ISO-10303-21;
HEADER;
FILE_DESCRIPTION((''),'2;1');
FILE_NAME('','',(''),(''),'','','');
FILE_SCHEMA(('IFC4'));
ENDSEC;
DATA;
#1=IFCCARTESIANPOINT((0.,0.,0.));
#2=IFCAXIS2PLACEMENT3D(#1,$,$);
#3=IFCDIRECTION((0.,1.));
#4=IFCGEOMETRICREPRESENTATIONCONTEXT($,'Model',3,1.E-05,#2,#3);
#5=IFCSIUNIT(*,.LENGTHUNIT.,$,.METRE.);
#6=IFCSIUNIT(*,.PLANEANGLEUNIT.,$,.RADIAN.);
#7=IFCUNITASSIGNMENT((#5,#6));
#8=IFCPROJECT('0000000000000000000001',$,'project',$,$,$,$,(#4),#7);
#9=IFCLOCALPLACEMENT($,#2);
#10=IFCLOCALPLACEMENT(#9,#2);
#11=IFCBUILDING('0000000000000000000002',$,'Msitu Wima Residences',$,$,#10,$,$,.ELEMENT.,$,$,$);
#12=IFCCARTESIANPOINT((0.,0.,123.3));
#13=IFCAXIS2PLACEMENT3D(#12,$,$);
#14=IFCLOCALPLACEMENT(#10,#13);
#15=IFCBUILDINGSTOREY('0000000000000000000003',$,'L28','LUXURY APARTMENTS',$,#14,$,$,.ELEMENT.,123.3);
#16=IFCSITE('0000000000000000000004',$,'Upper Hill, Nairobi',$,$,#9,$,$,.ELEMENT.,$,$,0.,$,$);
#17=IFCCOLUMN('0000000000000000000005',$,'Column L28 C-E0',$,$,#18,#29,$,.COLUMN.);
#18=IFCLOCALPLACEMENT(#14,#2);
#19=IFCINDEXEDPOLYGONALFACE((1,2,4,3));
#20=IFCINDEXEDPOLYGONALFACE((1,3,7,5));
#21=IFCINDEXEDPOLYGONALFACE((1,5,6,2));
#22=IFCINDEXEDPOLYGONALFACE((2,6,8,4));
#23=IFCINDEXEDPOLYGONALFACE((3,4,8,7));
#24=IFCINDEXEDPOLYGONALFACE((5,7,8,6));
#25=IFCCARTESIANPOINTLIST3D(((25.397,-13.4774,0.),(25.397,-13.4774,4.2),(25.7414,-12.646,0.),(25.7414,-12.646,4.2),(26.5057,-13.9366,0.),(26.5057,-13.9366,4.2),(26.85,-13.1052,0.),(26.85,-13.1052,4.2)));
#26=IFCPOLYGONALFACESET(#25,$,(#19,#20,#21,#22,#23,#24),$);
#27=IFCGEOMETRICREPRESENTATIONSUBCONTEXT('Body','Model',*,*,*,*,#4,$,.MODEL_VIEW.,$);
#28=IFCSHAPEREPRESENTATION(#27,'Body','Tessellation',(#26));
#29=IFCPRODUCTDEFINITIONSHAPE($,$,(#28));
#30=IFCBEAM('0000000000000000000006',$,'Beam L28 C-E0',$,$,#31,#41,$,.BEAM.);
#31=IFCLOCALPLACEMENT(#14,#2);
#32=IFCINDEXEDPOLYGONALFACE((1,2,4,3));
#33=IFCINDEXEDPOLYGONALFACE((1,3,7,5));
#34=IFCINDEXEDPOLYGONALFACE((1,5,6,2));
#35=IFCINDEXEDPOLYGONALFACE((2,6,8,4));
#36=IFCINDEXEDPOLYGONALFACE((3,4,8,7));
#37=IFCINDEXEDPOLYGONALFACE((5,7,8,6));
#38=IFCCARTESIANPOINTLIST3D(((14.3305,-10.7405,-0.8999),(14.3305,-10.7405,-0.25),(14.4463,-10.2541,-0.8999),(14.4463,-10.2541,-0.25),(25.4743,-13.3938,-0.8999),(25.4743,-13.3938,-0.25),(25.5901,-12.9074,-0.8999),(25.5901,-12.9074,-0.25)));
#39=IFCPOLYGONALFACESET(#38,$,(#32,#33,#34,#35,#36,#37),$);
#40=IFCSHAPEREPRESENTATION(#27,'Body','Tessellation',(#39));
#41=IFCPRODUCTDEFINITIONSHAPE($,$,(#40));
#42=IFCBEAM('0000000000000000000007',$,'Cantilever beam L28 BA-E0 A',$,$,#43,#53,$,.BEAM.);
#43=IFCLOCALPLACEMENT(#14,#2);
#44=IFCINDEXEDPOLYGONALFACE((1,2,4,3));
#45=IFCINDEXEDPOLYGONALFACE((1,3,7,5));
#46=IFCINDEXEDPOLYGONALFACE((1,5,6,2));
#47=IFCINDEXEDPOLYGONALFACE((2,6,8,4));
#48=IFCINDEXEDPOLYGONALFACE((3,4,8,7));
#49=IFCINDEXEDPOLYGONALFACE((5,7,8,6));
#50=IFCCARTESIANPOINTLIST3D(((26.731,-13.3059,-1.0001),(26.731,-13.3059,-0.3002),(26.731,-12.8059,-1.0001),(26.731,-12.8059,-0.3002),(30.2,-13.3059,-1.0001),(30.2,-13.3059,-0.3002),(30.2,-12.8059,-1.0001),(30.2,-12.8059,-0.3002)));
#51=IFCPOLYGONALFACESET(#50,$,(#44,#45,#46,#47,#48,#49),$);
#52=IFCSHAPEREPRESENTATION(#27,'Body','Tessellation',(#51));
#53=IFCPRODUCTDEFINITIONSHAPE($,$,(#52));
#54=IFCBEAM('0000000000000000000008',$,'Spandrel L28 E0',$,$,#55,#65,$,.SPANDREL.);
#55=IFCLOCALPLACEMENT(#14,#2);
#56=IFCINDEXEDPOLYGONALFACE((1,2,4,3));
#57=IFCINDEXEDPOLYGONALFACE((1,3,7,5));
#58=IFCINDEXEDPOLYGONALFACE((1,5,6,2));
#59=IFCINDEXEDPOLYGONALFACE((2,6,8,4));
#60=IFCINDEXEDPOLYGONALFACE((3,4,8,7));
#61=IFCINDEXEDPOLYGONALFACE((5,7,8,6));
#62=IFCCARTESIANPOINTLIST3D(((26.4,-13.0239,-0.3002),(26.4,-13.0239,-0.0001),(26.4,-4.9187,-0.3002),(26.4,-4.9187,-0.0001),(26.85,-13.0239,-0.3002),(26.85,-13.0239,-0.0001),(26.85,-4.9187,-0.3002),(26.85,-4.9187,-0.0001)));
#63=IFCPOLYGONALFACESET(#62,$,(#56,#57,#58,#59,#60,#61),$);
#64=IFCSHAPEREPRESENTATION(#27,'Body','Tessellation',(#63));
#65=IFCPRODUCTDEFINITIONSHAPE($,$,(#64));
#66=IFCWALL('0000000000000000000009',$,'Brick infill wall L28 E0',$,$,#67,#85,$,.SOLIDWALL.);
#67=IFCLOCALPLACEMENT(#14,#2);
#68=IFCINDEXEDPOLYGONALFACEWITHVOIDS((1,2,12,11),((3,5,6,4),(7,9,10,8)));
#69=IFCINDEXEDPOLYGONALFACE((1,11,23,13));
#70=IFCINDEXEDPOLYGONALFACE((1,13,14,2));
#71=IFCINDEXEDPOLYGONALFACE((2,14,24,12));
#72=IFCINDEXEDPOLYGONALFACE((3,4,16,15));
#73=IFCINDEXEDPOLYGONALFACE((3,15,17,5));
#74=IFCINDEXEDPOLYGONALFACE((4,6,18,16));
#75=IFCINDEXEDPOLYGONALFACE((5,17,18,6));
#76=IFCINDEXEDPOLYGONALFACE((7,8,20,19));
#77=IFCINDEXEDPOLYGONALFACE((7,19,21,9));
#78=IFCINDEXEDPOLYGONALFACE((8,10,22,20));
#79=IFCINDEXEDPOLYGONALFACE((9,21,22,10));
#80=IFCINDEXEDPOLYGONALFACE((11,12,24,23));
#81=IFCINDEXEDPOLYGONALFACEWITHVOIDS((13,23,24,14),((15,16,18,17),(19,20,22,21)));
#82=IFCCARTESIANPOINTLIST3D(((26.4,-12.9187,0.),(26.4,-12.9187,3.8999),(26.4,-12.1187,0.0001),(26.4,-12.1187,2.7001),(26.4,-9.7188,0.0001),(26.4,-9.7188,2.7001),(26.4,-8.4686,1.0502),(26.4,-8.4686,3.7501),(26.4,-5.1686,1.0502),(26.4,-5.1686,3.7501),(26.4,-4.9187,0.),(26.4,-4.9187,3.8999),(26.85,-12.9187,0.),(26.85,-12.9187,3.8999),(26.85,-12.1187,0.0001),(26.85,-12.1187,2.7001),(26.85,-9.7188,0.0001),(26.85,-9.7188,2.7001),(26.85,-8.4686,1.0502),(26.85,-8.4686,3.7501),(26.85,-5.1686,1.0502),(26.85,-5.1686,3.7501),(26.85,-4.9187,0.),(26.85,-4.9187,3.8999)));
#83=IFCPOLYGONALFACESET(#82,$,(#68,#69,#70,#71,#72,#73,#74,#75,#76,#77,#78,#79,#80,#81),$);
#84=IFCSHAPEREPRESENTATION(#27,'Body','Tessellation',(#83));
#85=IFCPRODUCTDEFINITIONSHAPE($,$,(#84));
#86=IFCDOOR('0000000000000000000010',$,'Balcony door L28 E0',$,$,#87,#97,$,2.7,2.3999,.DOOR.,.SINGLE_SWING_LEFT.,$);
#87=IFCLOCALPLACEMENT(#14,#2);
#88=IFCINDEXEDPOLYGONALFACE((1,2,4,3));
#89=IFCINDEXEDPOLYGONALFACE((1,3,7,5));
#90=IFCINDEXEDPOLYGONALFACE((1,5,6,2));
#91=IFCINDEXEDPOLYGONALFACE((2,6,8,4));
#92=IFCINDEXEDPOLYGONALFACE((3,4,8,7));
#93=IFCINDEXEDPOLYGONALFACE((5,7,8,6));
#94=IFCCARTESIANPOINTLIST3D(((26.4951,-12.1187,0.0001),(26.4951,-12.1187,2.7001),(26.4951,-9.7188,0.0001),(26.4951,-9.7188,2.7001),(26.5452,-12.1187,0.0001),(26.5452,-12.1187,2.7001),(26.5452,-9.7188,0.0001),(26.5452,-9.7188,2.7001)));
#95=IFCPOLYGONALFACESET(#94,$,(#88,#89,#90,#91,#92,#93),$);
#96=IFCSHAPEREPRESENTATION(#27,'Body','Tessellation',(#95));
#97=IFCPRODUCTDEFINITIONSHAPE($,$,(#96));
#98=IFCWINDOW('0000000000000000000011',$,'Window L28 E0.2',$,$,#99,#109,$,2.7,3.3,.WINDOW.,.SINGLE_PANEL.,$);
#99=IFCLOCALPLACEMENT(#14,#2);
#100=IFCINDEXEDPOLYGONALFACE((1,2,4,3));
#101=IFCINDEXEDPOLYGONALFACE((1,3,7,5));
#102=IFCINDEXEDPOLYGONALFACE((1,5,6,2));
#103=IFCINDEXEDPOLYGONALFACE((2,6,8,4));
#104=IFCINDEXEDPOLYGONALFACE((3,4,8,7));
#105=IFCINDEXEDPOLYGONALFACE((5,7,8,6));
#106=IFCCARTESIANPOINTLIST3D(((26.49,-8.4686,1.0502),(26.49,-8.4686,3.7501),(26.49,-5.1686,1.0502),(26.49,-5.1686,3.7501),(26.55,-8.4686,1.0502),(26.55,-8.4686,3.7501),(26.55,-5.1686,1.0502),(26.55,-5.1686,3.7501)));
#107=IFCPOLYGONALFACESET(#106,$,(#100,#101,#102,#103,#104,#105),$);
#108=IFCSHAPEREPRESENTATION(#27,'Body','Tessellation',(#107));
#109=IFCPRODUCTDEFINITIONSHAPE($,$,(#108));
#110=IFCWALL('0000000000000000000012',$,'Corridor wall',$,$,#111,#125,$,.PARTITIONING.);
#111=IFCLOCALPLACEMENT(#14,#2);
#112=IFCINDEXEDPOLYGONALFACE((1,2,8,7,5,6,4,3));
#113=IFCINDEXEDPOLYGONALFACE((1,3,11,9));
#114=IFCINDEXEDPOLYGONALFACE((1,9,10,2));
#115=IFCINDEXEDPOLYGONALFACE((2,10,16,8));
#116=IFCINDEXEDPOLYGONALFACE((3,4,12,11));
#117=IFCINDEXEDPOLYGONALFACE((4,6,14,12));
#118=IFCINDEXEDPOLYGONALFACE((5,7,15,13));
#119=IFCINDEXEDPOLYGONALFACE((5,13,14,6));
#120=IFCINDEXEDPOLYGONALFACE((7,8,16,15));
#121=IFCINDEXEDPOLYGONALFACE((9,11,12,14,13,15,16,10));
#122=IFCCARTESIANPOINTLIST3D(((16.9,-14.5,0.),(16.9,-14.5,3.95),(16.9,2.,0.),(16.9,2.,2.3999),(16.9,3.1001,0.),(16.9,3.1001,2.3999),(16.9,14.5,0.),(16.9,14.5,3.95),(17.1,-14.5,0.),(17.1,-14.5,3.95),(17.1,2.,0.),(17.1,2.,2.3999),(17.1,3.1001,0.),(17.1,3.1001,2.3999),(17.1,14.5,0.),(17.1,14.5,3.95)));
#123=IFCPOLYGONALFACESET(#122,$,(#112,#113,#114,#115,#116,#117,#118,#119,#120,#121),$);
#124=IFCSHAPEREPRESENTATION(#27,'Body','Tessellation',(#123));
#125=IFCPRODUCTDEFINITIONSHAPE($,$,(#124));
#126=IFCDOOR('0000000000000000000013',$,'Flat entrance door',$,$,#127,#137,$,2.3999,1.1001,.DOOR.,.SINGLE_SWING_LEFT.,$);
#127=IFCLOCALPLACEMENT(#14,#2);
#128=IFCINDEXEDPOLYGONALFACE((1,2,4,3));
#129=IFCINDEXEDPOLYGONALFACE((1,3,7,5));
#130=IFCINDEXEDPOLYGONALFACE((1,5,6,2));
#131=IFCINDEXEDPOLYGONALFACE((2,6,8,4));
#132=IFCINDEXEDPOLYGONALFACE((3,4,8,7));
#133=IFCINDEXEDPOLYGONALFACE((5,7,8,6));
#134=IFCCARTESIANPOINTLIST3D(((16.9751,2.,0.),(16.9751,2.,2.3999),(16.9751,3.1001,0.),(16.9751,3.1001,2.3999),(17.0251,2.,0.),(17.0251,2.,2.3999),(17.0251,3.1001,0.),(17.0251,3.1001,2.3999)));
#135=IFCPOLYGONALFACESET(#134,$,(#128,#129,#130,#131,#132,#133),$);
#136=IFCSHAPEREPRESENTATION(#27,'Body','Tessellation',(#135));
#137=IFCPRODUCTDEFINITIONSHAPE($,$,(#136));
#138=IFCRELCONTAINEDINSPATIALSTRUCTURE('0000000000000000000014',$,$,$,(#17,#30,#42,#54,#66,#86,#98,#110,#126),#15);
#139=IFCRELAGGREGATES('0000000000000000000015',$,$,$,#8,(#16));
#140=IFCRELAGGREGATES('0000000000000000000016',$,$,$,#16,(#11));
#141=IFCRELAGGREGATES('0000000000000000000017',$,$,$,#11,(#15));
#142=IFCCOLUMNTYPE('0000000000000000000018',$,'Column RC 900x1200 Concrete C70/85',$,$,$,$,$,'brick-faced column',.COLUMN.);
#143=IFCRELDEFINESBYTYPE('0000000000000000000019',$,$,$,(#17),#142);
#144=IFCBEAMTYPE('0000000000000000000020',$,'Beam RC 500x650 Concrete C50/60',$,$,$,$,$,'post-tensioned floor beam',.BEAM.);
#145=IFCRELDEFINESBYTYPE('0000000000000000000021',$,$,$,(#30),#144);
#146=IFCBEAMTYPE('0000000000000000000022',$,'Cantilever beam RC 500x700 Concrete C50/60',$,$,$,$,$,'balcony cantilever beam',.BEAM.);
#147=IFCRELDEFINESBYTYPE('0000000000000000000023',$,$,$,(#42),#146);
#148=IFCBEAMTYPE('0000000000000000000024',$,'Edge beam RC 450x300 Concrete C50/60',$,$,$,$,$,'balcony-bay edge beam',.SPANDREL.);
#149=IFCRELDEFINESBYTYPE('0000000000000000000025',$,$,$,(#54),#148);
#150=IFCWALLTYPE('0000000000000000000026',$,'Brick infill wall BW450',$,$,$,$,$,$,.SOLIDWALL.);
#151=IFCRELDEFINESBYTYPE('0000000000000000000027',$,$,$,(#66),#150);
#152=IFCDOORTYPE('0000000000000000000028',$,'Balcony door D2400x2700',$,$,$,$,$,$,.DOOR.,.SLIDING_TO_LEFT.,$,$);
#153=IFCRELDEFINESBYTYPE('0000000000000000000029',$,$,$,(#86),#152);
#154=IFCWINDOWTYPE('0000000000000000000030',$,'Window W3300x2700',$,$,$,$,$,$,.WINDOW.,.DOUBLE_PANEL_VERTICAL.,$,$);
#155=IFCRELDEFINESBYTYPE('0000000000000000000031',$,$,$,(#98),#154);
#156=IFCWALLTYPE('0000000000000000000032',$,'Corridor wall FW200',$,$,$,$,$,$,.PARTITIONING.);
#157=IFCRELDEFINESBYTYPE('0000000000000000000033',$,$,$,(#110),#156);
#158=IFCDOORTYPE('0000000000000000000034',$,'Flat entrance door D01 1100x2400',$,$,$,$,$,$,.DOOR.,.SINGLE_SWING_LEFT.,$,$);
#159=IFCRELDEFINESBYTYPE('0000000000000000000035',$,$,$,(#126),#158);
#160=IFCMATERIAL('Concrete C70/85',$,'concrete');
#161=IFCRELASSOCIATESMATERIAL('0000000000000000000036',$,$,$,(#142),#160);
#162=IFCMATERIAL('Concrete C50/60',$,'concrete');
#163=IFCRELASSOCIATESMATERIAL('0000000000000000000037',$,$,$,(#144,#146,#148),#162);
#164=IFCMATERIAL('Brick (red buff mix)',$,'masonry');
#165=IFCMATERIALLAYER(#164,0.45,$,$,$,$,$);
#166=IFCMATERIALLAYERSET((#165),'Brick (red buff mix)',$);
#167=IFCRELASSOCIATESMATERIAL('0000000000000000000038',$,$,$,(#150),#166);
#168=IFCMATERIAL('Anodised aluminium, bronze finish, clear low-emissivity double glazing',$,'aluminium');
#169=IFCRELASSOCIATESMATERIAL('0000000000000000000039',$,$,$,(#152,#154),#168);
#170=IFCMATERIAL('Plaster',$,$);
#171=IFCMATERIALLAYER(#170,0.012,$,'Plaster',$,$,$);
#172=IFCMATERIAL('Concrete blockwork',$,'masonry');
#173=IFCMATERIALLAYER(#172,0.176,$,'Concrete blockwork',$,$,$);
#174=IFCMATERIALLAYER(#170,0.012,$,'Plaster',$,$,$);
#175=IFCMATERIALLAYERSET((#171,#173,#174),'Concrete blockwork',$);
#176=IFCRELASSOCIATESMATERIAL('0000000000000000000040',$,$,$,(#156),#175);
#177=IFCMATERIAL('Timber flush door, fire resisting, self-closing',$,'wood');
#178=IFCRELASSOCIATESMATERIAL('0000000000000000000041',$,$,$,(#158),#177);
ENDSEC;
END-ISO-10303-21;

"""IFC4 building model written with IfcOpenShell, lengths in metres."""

from ifc_helpers import new_model, si_unit, direction, frame, frame_2d, origin, origin_2d, place, context, subcontext, project, spatial, rectangle, extrude, material, layer, layer_set, material_profile, profile_set, type_object, element, fill, save


model = new_model("IFC4")

# Units and contexts
model_context = context("Model", 3, precision=1e-05, world=origin(), true_north=direction((0.0, 1.0)))
body_context = subcontext(model_context, "Body", "Model", "MODEL_VIEW")
ifc_project = project(units=[si_unit("LENGTHUNIT", "METRE"), si_unit("PLANEANGLEUNIT", "RADIAN")], contexts=[model_context])

# Site, building, storey
site_placement = place(None, origin())
site = spatial("IfcSite", under=ifc_project, at=site_placement, Name="Upper Hill, Nairobi", CompositionType="ELEMENT", RefElevation=0.0)
building_placement = place(site_placement, origin())
building = spatial("IfcBuilding", under=site, at=building_placement, Name="Msitu Wima Residences", CompositionType="ELEMENT")
storey_placement = place(building_placement, frame((0.0, 0.0, 123.3)))
storey = spatial("IfcBuildingStorey", under=building, at=storey_placement, Name="L28", Description="LUXURY APARTMENTS", CompositionType="ELEMENT", Elevation=123.3)

# Column
ifc_material_1 = material(Name="Concrete C70/85", Category="concrete")
ifc_material_profile_1 = material_profile(ifc_material_1, rectangle(XDim=0.8999, YDim=1.2, at=origin_2d()), Name="RC 900x1200")
ifc_profile_set_1 = profile_set([ifc_material_profile_1], Name="Concrete C70/85")
column_type = type_object("IfcColumnType", Name="Column RC 900x1200 Concrete C70/85", ElementType="brick-faced column", PredefinedType="COLUMN", material=ifc_profile_set_1)
column_placement = place(storey_placement, frame((26.1235, -13.2913, 0.0), z_axis=(0.0, 0.0, 1.0), x_axis=(0.382683, 0.92388, 0.0)))
element("IfcColumn", 1, at=column_placement, inside=storey, type_object=column_type, Name="Column L28 C-E0", PredefinedType="COLUMN", context=body_context, shape_type="SweptSolid", body=[
    extrude(rectangle(XDim=0.8999, YDim=1.2, at=origin_2d()), origin(), (0.0, 0.0, 1.0), 4.2),
])

# Beams
ifc_material_2 = material(Name="Concrete C50/60", Category="concrete")
ifc_material_profile_2 = material_profile(ifc_material_2, rectangle(XDim=0.5, YDim=0.6499, at=origin_2d()), Name="RC 500x650")
ifc_profile_set_2 = profile_set([ifc_material_profile_2], Name="Concrete C50/60")
beam_type_1 = type_object("IfcBeamType", Name="Beam RC 500x650 Concrete C50/60", ElementType="post-tensioned floor beam", PredefinedType="BEAM", material=ifc_profile_set_2)
beam_1_placement = place(storey_placement, frame((25.5322, -13.1506, -0.575), z_axis=(-0.972806, 0.231623, 0.0), x_axis=(-0.231623, -0.972806, 0.0)))
element("IfcBeam", 2, at=beam_1_placement, inside=storey, type_object=beam_type_1, Name="Beam L28 C-E0", PredefinedType="BEAM", context=body_context, shape_type="SweptSolid", body=[
    extrude(rectangle(XDim=0.5, YDim=0.6499, at=origin_2d()), origin(), (0.0, 0.0, 1.0), 11.4553),
])
ifc_material_profile_3 = material_profile(ifc_material_2, rectangle(XDim=0.5, YDim=0.7, at=origin_2d()), Name="RC 500x700")
ifc_profile_set_3 = profile_set([ifc_material_profile_3], Name="Concrete C50/60")
beam_type_2 = type_object("IfcBeamType", Name="Cantilever beam RC 500x700 Concrete C50/60", ElementType="balcony cantilever beam", PredefinedType="BEAM", material=ifc_profile_set_3)
beam_2_placement = place(storey_placement, frame((26.731, -13.0559, -0.6501), z_axis=(1.0, 0.0, 0.0), x_axis=(0.0, 1.0, 0.0)))
element("IfcBeam", 3, at=beam_2_placement, inside=storey, type_object=beam_type_2, Name="Cantilever beam L28 BA-E0 A", PredefinedType="BEAM", context=body_context, shape_type="SweptSolid", body=[
    extrude(rectangle(XDim=0.5, YDim=0.7, at=origin_2d()), origin(), (0.0, 0.0, 1.0), 3.469),
])
ifc_material_profile_4 = material_profile(ifc_material_2, rectangle(XDim=0.45, YDim=0.3, at=origin_2d()), Name="RC 450x300")
ifc_profile_set_4 = profile_set([ifc_material_profile_4], Name="Concrete C50/60")
beam_type_3 = type_object("IfcBeamType", Name="Edge beam RC 450x300 Concrete C50/60", ElementType="balcony-bay edge beam", PredefinedType="SPANDREL", material=ifc_profile_set_4)
beam_3_placement = place(storey_placement, frame((26.625, -13.0239, -0.1501), z_axis=(0.0, 1.0, 0.0), x_axis=(-1.0, 0.0, 0.0)))
element("IfcBeam", 4, at=beam_3_placement, inside=storey, type_object=beam_type_3, Name="Spandrel L28 E0", PredefinedType="SPANDREL", context=body_context, shape_type="SweptSolid", body=[
    extrude(rectangle(XDim=0.45, YDim=0.3, at=origin_2d()), origin(), (0.0, 0.0, 1.0), 8.1052),
])

# Wall, openings, door, window
ifc_material_3 = material(Name="Brick (red buff mix)", Category="masonry")
ifc_layer_1 = layer(ifc_material_3, 0.45)
ifc_layer_set_1 = layer_set([ifc_layer_1], Name="Brick (red buff mix)")
wall_type_1 = type_object("IfcWallType", Name="Brick infill wall BW450", PredefinedType="SOLIDWALL", material=ifc_layer_set_1)
wall_1_placement = place(storey_placement, frame((26.625, -12.9187, 0.0), z_axis=(0.0, 0.0, 1.0), x_axis=(0.0, 1.0, 0.0)))
wall_1 = element("IfcWall", 5, at=wall_1_placement, inside=storey, type_object=wall_type_1, Name="Brick infill wall L28 E0", PredefinedType="SOLIDWALL", context=body_context, shape_type="SweptSolid", body=[
    extrude(rectangle(XDim=8.0, YDim=0.45, at=frame_2d((4.0, 0.0))), origin(), (0.0, 0.0, 1.0), 3.8999),
])
opening_1_placement = place(wall_1_placement, frame((0.8, 0.0, 0.0)))
opening_1 = element("IfcOpeningElement", 6, at=opening_1_placement, cuts=wall_1, PredefinedType="OPENING", context=body_context, shape_type="SweptSolid", body=[
    extrude(rectangle(XDim=2.3999, YDim=2.7, at=frame_2d((1.2, 1.3501))), frame((0.0, 0.2349, 0.0), z_axis=(0.0, -1.0, 0.0), x_axis=(1.0, 0.0, 0.0)), (0.0, 0.0, 1.0), 0.47),
])
opening_2_placement = place(wall_1_placement, frame((4.4502, 0.0, 1.05)))
opening_2 = element("IfcOpeningElement", 7, at=opening_2_placement, cuts=wall_1, PredefinedType="OPENING", context=body_context, shape_type="SweptSolid", body=[
    extrude(rectangle(XDim=3.3, YDim=2.7, at=frame_2d((1.6499, 1.3501))), frame((0.0, 0.2349, 0.0), z_axis=(0.0, -1.0, 0.0), x_axis=(1.0, 0.0, 0.0)), (0.0, 0.0, 1.0), 0.47),
])
ifc_material_4 = material(Name="Anodised aluminium, bronze finish, clear low-emissivity double glazing", Category="aluminium")
door_type_1 = type_object("IfcDoorType", Name="Balcony door D2400x2700", OperationType="SLIDING_TO_LEFT", PredefinedType="DOOR", material=ifc_material_4)
door_1_placement = place(opening_1_placement, origin())
door_1 = element("IfcDoor", 8, at=door_1_placement, inside=storey, type_object=door_type_1, Name="Balcony door L28 E0", OperationType="SINGLE_SWING_LEFT", OverallHeight=2.7, OverallWidth=2.3999, PredefinedType="DOOR", context=body_context, shape_type="SweptSolid", body=[
    extrude(rectangle(XDim=2.3999, YDim=2.7, at=frame_2d((1.2, 1.3501))), frame((0.0, 0.1299, 0.0), z_axis=(0.0, -1.0, 0.0), x_axis=(1.0, 0.0, 0.0)), (0.0, 0.0, 1.0), 0.05),
])
fill(opening_1, door_1)
window_type = type_object("IfcWindowType", Name="Window W3300x2700", PartitioningType="DOUBLE_PANEL_VERTICAL", PredefinedType="WINDOW", material=ifc_material_4)
window_placement = place(opening_2_placement, origin())
window = element("IfcWindow", 9, at=window_placement, inside=storey, type_object=window_type, Name="Window L28 E0.2", OverallHeight=2.7, OverallWidth=3.3, PartitioningType="SINGLE_PANEL", PredefinedType="WINDOW", context=body_context, shape_type="SweptSolid", body=[
    extrude(rectangle(XDim=3.3, YDim=2.7, at=frame_2d((1.6499, 1.3501))), frame((0.0, 0.135, 0.0), z_axis=(0.0, -1.0, 0.0), x_axis=(1.0, 0.0, 0.0)), (0.0, 0.0, 1.0), 0.0601),
])
fill(opening_2, window)

# Wall, opening, door
ifc_material_5 = material(Name="Plaster")
ifc_layer_2 = layer(ifc_material_5, 0.012, Name="Plaster")
ifc_material_6 = material(Name="Concrete blockwork", Category="masonry")
ifc_layer_3 = layer(ifc_material_6, 0.176, Name="Concrete blockwork")
ifc_layer_4 = layer(ifc_material_5, 0.012, Name="Plaster")
ifc_layer_set_2 = layer_set([ifc_layer_2, ifc_layer_3, ifc_layer_4], Name="Concrete blockwork")
wall_type_2 = type_object("IfcWallType", Name="Corridor wall FW200", PredefinedType="PARTITIONING", material=ifc_layer_set_2)
wall_2_placement = place(storey_placement, frame((17.0, -14.5, 0.0), z_axis=(0.0, 0.0, 1.0), x_axis=(0.0, 1.0, 0.0)))
wall_2 = element("IfcWall", 10, at=wall_2_placement, inside=storey, type_object=wall_type_2, Name="Corridor wall", PredefinedType="PARTITIONING", context=body_context, shape_type="SweptSolid", body=[
    extrude(rectangle(XDim=29.0, YDim=0.2, at=frame_2d((14.5, 0.0))), origin(), (0.0, 0.0, 1.0), 3.95),
])
opening_3_placement = place(wall_2_placement, frame((16.5, 0.0, 0.0)))
opening_3 = element("IfcOpeningElement", 11, at=opening_3_placement, cuts=wall_2, PredefinedType="OPENING", context=body_context, shape_type="SweptSolid", body=[
    extrude(rectangle(XDim=1.1001, YDim=2.3999, at=frame_2d((0.55, 1.2))), frame((0.0, 0.1099, 0.0), z_axis=(0.0, -1.0, 0.0), x_axis=(1.0, 0.0, 0.0)), (0.0, 0.0, 1.0), 0.22),
])
ifc_material_7 = material(Name="Timber flush door, fire resisting, self-closing", Category="wood")
door_type_2 = type_object("IfcDoorType", Name="Flat entrance door D01 1100x2400", OperationType="SINGLE_SWING_LEFT", PredefinedType="DOOR", material=ifc_material_7)
door_2_placement = place(opening_3_placement, origin())
door_2 = element("IfcDoor", 12, at=door_2_placement, inside=storey, type_object=door_type_2, Name="Flat entrance door", OperationType="SINGLE_SWING_LEFT", OverallHeight=2.3999, OverallWidth=1.1001, PredefinedType="DOOR", context=body_context, shape_type="SweptSolid", body=[
    extrude(rectangle(XDim=1.1001, YDim=2.3999, at=frame_2d((0.55, 1.2))), frame((0.0, 0.0249, 0.0), z_axis=(0.0, -1.0, 0.0), x_axis=(1.0, 0.0, 0.0)), (0.0, 0.0, 1.0), 0.05),
])
fill(opening_3, door_2)

save(model, "model.ifc")
